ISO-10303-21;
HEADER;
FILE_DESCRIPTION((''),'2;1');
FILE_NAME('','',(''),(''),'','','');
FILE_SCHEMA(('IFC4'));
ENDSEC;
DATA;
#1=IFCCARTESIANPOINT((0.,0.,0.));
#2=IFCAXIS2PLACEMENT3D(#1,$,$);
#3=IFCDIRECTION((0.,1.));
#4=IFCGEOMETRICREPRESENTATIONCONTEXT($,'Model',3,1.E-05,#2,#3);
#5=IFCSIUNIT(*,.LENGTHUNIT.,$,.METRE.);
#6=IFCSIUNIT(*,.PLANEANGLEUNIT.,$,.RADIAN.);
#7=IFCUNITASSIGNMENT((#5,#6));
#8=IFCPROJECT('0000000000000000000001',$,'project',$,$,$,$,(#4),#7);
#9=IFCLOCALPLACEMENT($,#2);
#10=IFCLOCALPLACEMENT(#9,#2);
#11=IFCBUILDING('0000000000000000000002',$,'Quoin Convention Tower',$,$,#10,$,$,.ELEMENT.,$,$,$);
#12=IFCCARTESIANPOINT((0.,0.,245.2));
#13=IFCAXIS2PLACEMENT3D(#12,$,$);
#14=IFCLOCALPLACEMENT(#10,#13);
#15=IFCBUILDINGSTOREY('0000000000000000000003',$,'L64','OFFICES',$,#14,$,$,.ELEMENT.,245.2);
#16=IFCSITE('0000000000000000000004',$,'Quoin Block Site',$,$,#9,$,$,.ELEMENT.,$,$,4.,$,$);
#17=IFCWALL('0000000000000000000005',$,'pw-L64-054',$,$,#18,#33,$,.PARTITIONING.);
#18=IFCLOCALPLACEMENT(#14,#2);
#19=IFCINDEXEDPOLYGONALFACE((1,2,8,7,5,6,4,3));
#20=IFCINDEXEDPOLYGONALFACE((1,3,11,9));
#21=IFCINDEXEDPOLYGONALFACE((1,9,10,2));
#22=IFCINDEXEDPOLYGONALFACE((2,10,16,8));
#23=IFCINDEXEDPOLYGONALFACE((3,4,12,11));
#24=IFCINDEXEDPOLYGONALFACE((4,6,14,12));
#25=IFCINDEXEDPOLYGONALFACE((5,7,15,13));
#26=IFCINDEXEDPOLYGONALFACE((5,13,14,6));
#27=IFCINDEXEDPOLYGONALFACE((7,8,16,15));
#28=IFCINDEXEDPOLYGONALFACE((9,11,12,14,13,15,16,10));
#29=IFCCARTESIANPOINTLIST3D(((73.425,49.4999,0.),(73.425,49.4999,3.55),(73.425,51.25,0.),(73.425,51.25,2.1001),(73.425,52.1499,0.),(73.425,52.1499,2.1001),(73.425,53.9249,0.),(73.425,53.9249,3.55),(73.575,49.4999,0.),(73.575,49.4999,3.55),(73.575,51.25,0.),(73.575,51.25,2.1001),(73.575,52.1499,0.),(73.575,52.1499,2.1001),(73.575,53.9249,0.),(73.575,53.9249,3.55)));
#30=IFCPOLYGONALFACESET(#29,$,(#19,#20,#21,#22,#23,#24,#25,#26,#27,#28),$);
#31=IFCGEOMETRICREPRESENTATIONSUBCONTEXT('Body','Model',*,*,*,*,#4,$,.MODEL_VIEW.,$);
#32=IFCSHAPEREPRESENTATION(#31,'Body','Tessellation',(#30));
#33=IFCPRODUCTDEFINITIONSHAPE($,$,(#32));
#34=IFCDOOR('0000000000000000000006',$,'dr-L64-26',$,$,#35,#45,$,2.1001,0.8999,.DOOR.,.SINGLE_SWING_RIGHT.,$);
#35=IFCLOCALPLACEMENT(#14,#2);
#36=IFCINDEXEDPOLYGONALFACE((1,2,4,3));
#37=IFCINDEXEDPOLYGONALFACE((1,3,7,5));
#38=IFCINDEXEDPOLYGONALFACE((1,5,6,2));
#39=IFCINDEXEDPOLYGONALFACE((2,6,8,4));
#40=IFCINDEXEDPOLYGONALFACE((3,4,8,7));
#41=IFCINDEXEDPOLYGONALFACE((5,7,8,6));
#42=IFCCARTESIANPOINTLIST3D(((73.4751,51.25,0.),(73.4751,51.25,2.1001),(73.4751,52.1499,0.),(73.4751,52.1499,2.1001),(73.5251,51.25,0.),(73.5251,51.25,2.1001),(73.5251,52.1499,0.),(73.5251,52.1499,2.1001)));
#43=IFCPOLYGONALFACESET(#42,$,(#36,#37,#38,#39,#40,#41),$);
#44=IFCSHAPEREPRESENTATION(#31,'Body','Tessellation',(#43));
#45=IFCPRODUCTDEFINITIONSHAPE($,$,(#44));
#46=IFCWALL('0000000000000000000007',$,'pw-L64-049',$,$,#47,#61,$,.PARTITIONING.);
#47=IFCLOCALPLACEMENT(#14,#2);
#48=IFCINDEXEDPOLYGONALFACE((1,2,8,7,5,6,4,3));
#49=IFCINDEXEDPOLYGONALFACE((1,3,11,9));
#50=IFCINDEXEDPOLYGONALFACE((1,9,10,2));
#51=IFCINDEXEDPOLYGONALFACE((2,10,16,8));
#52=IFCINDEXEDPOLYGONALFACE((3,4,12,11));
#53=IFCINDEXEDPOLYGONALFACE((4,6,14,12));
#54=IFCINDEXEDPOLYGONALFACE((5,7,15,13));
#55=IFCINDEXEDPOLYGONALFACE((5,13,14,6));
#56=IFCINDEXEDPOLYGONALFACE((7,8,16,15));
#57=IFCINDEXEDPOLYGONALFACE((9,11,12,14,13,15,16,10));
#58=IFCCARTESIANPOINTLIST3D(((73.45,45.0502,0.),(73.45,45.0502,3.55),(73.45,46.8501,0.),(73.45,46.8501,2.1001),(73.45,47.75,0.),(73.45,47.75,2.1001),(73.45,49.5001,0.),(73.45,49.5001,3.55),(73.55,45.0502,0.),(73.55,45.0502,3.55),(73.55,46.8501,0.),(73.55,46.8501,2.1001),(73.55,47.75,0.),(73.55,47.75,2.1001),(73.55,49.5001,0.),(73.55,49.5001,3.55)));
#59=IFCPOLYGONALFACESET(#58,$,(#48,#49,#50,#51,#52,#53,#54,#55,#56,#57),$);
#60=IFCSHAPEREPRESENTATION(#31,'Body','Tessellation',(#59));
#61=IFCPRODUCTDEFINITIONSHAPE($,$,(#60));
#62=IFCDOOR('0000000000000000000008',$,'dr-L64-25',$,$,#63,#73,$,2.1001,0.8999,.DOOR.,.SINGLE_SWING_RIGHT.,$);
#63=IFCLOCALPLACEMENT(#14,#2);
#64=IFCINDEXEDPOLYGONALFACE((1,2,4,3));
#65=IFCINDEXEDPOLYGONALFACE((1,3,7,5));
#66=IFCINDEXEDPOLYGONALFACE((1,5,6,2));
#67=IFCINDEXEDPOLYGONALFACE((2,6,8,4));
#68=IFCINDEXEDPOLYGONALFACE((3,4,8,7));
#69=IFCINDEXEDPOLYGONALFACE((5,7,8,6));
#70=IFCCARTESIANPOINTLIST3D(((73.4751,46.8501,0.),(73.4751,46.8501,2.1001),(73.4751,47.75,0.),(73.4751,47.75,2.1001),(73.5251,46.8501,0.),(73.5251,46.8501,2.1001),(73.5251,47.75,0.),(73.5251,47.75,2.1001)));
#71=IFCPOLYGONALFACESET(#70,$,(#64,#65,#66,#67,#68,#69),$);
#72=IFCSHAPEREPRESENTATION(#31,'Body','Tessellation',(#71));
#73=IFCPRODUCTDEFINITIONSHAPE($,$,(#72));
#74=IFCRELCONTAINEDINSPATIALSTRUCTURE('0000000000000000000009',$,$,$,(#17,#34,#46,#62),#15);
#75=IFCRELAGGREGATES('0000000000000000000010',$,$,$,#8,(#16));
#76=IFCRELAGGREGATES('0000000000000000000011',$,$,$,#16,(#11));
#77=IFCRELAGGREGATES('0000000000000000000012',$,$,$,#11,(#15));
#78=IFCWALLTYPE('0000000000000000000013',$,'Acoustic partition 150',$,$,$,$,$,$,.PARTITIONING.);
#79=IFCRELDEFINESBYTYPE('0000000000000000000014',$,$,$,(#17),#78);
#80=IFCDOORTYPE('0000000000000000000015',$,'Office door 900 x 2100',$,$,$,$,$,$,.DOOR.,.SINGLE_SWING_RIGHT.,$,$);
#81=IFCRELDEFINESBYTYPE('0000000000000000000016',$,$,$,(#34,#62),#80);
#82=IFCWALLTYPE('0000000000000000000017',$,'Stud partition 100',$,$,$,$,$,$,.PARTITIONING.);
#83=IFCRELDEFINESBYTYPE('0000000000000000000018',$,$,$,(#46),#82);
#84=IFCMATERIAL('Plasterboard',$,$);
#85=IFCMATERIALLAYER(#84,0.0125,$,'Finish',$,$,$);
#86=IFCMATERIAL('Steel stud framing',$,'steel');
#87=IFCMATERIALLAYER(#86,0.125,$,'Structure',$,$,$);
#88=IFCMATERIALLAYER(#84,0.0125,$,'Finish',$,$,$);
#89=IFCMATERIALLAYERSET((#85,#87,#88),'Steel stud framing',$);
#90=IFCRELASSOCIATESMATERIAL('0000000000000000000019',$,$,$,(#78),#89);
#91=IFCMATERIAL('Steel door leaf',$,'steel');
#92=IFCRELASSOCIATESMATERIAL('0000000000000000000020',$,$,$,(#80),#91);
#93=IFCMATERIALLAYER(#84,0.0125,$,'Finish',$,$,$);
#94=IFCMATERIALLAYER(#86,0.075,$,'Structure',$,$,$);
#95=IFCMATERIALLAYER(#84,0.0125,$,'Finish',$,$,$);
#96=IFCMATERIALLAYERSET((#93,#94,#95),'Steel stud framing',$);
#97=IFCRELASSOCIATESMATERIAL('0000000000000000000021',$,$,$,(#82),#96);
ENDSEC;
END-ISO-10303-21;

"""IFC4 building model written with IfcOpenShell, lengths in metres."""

from ifc_helpers import new_model, si_unit, direction, frame, frame_2d, origin, place, context, subcontext, project, spatial, rectangle, extrude, material, layer, layer_set, type_object, element, fill, save


model = new_model("IFC4")

# Units and contexts
model_context = context("Model", 3, precision=1e-05, world=origin(), true_north=direction((0.0, 1.0)))
body_context = subcontext(model_context, "Body", "Model", "MODEL_VIEW")
ifc_project = project(units=[si_unit("LENGTHUNIT", "METRE"), si_unit("PLANEANGLEUNIT", "RADIAN")], contexts=[model_context])

# Site, building, storey
site_placement = place(None, origin())
site = spatial("IfcSite", under=ifc_project, at=site_placement, Name="Quoin Block Site", CompositionType="ELEMENT", RefElevation=4.0)
building_placement = place(site_placement, origin())
building = spatial("IfcBuilding", under=site, at=building_placement, Name="Quoin Convention Tower", CompositionType="ELEMENT")
storey_placement = place(building_placement, frame((0.0, 0.0, 245.2)))
storey = spatial("IfcBuildingStorey", under=building, at=storey_placement, Name="L64", Description="OFFICES", CompositionType="ELEMENT", Elevation=245.2)

# Shared definitions
ifc_material_1 = material(Name="Plasterboard")
ifc_layer_1 = layer(ifc_material_1, 0.0125, Name="Finish")
ifc_material_2 = material(Name="Steel stud framing", Category="steel")
ifc_layer_2 = layer(ifc_material_2, 0.125, Name="Structure")
ifc_layer_3 = layer(ifc_material_1, 0.0125, Name="Finish")
ifc_layer_set_1 = layer_set([ifc_layer_1, ifc_layer_2, ifc_layer_3], Name="Steel stud framing")
wall_type_1 = type_object("IfcWallType", Name="Acoustic partition 150", PredefinedType="PARTITIONING", material=ifc_layer_set_1)

# Walls, openings, doors
wall_1_placement = place(storey_placement, frame((73.5, 49.5, 0.0), z_axis=(0.0, 0.0, 1.0), x_axis=(0.0, 1.0, 0.0)))
wall_1 = element("IfcWall", 1, at=wall_1_placement, inside=storey, type_object=wall_type_1, Name="pw-L64-054", PredefinedType="PARTITIONING", context=body_context, shape_type="SweptSolid", body=[
    extrude(rectangle(XDim=4.425, YDim=0.1499, at=frame_2d((2.2124, 0.0))), origin(), (0.0, 0.0, 1.0), 3.55),
])
opening_1_placement = place(wall_1_placement, frame((1.75, 0.0, 0.0)))
opening_1 = element("IfcOpeningElement", 2, at=opening_1_placement, cuts=wall_1, PredefinedType="OPENING", context=body_context, shape_type="SweptSolid", body=[
    extrude(rectangle(XDim=0.8999, YDim=2.1001, at=frame_2d((0.45, 1.05))), frame((0.0, 0.085, 0.0), z_axis=(0.0, -1.0, 0.0), x_axis=(1.0, 0.0, 0.0)), (0.0, 0.0, 1.0), 0.1699),
])
ifc_material_3 = material(Name="Steel door leaf", Category="steel")
door_type = type_object("IfcDoorType", Name="Office door 900 x 2100", OperationType="SINGLE_SWING_RIGHT", PredefinedType="DOOR", material=ifc_material_3)
door_1_placement = place(opening_1_placement, origin())
door_1 = element("IfcDoor", 3, at=door_1_placement, inside=storey, type_object=door_type, Name="dr-L64-26", OperationType="SINGLE_SWING_RIGHT", OverallHeight=2.1001, OverallWidth=0.8999, PredefinedType="DOOR", context=body_context, shape_type="SweptSolid", body=[
    extrude(rectangle(XDim=0.8999, YDim=2.1001, at=frame_2d((0.45, 1.05))), frame((0.0, 0.0249, 0.0), z_axis=(0.0, -1.0, 0.0), x_axis=(1.0, 0.0, 0.0)), (0.0, 0.0, 1.0), 0.05),
])
fill(opening_1, door_1)
ifc_layer_4 = layer(ifc_material_1, 0.0125, Name="Finish")
ifc_layer_5 = layer(ifc_material_2, 0.075, Name="Structure")
ifc_layer_6 = layer(ifc_material_1, 0.0125, Name="Finish")
ifc_layer_set_2 = layer_set([ifc_layer_4, ifc_layer_5, ifc_layer_6], Name="Steel stud framing")
wall_type_2 = type_object("IfcWallType", Name="Stud partition 100", PredefinedType="PARTITIONING", material=ifc_layer_set_2)
wall_2_placement = place(storey_placement, frame((73.5, 45.05, 0.0), z_axis=(0.0, 0.0, 1.0), x_axis=(0.0, 1.0, 0.0)))
wall_2 = element("IfcWall", 4, at=wall_2_placement, inside=storey, type_object=wall_type_2, Name="pw-L64-049", PredefinedType="PARTITIONING", context=body_context, shape_type="SweptSolid", body=[
    extrude(rectangle(XDim=4.45, YDim=0.1001, at=frame_2d((2.2251, 0.0))), origin(), (0.0, 0.0, 1.0), 3.55),
])
opening_2_placement = place(wall_2_placement, frame((1.8, 0.0, 0.0)))
opening_2 = element("IfcOpeningElement", 5, at=opening_2_placement, cuts=wall_2, PredefinedType="OPENING", context=body_context, shape_type="SweptSolid", body=[
    extrude(rectangle(XDim=0.8999, YDim=2.1001, at=frame_2d((0.45, 1.05))), frame((0.0, 0.0601, 0.0), z_axis=(0.0, -1.0, 0.0), x_axis=(1.0, 0.0, 0.0)), (0.0, 0.0, 1.0), 0.1201),
])
door_2_placement = place(opening_2_placement, origin())
door_2 = element("IfcDoor", 6, at=door_2_placement, inside=storey, type_object=door_type, Name="dr-L64-25", OperationType="SINGLE_SWING_RIGHT", OverallHeight=2.1001, OverallWidth=0.8999, PredefinedType="DOOR", context=body_context, shape_type="SweptSolid", body=[
    extrude(rectangle(XDim=0.8999, YDim=2.1001, at=frame_2d((0.45, 1.05))), frame((0.0, 0.0249, 0.0), z_axis=(0.0, -1.0, 0.0), x_axis=(1.0, 0.0, 0.0)), (0.0, 0.0, 1.0), 0.05),
])
fill(opening_2, door_2)

save(model, "model.ifc")
